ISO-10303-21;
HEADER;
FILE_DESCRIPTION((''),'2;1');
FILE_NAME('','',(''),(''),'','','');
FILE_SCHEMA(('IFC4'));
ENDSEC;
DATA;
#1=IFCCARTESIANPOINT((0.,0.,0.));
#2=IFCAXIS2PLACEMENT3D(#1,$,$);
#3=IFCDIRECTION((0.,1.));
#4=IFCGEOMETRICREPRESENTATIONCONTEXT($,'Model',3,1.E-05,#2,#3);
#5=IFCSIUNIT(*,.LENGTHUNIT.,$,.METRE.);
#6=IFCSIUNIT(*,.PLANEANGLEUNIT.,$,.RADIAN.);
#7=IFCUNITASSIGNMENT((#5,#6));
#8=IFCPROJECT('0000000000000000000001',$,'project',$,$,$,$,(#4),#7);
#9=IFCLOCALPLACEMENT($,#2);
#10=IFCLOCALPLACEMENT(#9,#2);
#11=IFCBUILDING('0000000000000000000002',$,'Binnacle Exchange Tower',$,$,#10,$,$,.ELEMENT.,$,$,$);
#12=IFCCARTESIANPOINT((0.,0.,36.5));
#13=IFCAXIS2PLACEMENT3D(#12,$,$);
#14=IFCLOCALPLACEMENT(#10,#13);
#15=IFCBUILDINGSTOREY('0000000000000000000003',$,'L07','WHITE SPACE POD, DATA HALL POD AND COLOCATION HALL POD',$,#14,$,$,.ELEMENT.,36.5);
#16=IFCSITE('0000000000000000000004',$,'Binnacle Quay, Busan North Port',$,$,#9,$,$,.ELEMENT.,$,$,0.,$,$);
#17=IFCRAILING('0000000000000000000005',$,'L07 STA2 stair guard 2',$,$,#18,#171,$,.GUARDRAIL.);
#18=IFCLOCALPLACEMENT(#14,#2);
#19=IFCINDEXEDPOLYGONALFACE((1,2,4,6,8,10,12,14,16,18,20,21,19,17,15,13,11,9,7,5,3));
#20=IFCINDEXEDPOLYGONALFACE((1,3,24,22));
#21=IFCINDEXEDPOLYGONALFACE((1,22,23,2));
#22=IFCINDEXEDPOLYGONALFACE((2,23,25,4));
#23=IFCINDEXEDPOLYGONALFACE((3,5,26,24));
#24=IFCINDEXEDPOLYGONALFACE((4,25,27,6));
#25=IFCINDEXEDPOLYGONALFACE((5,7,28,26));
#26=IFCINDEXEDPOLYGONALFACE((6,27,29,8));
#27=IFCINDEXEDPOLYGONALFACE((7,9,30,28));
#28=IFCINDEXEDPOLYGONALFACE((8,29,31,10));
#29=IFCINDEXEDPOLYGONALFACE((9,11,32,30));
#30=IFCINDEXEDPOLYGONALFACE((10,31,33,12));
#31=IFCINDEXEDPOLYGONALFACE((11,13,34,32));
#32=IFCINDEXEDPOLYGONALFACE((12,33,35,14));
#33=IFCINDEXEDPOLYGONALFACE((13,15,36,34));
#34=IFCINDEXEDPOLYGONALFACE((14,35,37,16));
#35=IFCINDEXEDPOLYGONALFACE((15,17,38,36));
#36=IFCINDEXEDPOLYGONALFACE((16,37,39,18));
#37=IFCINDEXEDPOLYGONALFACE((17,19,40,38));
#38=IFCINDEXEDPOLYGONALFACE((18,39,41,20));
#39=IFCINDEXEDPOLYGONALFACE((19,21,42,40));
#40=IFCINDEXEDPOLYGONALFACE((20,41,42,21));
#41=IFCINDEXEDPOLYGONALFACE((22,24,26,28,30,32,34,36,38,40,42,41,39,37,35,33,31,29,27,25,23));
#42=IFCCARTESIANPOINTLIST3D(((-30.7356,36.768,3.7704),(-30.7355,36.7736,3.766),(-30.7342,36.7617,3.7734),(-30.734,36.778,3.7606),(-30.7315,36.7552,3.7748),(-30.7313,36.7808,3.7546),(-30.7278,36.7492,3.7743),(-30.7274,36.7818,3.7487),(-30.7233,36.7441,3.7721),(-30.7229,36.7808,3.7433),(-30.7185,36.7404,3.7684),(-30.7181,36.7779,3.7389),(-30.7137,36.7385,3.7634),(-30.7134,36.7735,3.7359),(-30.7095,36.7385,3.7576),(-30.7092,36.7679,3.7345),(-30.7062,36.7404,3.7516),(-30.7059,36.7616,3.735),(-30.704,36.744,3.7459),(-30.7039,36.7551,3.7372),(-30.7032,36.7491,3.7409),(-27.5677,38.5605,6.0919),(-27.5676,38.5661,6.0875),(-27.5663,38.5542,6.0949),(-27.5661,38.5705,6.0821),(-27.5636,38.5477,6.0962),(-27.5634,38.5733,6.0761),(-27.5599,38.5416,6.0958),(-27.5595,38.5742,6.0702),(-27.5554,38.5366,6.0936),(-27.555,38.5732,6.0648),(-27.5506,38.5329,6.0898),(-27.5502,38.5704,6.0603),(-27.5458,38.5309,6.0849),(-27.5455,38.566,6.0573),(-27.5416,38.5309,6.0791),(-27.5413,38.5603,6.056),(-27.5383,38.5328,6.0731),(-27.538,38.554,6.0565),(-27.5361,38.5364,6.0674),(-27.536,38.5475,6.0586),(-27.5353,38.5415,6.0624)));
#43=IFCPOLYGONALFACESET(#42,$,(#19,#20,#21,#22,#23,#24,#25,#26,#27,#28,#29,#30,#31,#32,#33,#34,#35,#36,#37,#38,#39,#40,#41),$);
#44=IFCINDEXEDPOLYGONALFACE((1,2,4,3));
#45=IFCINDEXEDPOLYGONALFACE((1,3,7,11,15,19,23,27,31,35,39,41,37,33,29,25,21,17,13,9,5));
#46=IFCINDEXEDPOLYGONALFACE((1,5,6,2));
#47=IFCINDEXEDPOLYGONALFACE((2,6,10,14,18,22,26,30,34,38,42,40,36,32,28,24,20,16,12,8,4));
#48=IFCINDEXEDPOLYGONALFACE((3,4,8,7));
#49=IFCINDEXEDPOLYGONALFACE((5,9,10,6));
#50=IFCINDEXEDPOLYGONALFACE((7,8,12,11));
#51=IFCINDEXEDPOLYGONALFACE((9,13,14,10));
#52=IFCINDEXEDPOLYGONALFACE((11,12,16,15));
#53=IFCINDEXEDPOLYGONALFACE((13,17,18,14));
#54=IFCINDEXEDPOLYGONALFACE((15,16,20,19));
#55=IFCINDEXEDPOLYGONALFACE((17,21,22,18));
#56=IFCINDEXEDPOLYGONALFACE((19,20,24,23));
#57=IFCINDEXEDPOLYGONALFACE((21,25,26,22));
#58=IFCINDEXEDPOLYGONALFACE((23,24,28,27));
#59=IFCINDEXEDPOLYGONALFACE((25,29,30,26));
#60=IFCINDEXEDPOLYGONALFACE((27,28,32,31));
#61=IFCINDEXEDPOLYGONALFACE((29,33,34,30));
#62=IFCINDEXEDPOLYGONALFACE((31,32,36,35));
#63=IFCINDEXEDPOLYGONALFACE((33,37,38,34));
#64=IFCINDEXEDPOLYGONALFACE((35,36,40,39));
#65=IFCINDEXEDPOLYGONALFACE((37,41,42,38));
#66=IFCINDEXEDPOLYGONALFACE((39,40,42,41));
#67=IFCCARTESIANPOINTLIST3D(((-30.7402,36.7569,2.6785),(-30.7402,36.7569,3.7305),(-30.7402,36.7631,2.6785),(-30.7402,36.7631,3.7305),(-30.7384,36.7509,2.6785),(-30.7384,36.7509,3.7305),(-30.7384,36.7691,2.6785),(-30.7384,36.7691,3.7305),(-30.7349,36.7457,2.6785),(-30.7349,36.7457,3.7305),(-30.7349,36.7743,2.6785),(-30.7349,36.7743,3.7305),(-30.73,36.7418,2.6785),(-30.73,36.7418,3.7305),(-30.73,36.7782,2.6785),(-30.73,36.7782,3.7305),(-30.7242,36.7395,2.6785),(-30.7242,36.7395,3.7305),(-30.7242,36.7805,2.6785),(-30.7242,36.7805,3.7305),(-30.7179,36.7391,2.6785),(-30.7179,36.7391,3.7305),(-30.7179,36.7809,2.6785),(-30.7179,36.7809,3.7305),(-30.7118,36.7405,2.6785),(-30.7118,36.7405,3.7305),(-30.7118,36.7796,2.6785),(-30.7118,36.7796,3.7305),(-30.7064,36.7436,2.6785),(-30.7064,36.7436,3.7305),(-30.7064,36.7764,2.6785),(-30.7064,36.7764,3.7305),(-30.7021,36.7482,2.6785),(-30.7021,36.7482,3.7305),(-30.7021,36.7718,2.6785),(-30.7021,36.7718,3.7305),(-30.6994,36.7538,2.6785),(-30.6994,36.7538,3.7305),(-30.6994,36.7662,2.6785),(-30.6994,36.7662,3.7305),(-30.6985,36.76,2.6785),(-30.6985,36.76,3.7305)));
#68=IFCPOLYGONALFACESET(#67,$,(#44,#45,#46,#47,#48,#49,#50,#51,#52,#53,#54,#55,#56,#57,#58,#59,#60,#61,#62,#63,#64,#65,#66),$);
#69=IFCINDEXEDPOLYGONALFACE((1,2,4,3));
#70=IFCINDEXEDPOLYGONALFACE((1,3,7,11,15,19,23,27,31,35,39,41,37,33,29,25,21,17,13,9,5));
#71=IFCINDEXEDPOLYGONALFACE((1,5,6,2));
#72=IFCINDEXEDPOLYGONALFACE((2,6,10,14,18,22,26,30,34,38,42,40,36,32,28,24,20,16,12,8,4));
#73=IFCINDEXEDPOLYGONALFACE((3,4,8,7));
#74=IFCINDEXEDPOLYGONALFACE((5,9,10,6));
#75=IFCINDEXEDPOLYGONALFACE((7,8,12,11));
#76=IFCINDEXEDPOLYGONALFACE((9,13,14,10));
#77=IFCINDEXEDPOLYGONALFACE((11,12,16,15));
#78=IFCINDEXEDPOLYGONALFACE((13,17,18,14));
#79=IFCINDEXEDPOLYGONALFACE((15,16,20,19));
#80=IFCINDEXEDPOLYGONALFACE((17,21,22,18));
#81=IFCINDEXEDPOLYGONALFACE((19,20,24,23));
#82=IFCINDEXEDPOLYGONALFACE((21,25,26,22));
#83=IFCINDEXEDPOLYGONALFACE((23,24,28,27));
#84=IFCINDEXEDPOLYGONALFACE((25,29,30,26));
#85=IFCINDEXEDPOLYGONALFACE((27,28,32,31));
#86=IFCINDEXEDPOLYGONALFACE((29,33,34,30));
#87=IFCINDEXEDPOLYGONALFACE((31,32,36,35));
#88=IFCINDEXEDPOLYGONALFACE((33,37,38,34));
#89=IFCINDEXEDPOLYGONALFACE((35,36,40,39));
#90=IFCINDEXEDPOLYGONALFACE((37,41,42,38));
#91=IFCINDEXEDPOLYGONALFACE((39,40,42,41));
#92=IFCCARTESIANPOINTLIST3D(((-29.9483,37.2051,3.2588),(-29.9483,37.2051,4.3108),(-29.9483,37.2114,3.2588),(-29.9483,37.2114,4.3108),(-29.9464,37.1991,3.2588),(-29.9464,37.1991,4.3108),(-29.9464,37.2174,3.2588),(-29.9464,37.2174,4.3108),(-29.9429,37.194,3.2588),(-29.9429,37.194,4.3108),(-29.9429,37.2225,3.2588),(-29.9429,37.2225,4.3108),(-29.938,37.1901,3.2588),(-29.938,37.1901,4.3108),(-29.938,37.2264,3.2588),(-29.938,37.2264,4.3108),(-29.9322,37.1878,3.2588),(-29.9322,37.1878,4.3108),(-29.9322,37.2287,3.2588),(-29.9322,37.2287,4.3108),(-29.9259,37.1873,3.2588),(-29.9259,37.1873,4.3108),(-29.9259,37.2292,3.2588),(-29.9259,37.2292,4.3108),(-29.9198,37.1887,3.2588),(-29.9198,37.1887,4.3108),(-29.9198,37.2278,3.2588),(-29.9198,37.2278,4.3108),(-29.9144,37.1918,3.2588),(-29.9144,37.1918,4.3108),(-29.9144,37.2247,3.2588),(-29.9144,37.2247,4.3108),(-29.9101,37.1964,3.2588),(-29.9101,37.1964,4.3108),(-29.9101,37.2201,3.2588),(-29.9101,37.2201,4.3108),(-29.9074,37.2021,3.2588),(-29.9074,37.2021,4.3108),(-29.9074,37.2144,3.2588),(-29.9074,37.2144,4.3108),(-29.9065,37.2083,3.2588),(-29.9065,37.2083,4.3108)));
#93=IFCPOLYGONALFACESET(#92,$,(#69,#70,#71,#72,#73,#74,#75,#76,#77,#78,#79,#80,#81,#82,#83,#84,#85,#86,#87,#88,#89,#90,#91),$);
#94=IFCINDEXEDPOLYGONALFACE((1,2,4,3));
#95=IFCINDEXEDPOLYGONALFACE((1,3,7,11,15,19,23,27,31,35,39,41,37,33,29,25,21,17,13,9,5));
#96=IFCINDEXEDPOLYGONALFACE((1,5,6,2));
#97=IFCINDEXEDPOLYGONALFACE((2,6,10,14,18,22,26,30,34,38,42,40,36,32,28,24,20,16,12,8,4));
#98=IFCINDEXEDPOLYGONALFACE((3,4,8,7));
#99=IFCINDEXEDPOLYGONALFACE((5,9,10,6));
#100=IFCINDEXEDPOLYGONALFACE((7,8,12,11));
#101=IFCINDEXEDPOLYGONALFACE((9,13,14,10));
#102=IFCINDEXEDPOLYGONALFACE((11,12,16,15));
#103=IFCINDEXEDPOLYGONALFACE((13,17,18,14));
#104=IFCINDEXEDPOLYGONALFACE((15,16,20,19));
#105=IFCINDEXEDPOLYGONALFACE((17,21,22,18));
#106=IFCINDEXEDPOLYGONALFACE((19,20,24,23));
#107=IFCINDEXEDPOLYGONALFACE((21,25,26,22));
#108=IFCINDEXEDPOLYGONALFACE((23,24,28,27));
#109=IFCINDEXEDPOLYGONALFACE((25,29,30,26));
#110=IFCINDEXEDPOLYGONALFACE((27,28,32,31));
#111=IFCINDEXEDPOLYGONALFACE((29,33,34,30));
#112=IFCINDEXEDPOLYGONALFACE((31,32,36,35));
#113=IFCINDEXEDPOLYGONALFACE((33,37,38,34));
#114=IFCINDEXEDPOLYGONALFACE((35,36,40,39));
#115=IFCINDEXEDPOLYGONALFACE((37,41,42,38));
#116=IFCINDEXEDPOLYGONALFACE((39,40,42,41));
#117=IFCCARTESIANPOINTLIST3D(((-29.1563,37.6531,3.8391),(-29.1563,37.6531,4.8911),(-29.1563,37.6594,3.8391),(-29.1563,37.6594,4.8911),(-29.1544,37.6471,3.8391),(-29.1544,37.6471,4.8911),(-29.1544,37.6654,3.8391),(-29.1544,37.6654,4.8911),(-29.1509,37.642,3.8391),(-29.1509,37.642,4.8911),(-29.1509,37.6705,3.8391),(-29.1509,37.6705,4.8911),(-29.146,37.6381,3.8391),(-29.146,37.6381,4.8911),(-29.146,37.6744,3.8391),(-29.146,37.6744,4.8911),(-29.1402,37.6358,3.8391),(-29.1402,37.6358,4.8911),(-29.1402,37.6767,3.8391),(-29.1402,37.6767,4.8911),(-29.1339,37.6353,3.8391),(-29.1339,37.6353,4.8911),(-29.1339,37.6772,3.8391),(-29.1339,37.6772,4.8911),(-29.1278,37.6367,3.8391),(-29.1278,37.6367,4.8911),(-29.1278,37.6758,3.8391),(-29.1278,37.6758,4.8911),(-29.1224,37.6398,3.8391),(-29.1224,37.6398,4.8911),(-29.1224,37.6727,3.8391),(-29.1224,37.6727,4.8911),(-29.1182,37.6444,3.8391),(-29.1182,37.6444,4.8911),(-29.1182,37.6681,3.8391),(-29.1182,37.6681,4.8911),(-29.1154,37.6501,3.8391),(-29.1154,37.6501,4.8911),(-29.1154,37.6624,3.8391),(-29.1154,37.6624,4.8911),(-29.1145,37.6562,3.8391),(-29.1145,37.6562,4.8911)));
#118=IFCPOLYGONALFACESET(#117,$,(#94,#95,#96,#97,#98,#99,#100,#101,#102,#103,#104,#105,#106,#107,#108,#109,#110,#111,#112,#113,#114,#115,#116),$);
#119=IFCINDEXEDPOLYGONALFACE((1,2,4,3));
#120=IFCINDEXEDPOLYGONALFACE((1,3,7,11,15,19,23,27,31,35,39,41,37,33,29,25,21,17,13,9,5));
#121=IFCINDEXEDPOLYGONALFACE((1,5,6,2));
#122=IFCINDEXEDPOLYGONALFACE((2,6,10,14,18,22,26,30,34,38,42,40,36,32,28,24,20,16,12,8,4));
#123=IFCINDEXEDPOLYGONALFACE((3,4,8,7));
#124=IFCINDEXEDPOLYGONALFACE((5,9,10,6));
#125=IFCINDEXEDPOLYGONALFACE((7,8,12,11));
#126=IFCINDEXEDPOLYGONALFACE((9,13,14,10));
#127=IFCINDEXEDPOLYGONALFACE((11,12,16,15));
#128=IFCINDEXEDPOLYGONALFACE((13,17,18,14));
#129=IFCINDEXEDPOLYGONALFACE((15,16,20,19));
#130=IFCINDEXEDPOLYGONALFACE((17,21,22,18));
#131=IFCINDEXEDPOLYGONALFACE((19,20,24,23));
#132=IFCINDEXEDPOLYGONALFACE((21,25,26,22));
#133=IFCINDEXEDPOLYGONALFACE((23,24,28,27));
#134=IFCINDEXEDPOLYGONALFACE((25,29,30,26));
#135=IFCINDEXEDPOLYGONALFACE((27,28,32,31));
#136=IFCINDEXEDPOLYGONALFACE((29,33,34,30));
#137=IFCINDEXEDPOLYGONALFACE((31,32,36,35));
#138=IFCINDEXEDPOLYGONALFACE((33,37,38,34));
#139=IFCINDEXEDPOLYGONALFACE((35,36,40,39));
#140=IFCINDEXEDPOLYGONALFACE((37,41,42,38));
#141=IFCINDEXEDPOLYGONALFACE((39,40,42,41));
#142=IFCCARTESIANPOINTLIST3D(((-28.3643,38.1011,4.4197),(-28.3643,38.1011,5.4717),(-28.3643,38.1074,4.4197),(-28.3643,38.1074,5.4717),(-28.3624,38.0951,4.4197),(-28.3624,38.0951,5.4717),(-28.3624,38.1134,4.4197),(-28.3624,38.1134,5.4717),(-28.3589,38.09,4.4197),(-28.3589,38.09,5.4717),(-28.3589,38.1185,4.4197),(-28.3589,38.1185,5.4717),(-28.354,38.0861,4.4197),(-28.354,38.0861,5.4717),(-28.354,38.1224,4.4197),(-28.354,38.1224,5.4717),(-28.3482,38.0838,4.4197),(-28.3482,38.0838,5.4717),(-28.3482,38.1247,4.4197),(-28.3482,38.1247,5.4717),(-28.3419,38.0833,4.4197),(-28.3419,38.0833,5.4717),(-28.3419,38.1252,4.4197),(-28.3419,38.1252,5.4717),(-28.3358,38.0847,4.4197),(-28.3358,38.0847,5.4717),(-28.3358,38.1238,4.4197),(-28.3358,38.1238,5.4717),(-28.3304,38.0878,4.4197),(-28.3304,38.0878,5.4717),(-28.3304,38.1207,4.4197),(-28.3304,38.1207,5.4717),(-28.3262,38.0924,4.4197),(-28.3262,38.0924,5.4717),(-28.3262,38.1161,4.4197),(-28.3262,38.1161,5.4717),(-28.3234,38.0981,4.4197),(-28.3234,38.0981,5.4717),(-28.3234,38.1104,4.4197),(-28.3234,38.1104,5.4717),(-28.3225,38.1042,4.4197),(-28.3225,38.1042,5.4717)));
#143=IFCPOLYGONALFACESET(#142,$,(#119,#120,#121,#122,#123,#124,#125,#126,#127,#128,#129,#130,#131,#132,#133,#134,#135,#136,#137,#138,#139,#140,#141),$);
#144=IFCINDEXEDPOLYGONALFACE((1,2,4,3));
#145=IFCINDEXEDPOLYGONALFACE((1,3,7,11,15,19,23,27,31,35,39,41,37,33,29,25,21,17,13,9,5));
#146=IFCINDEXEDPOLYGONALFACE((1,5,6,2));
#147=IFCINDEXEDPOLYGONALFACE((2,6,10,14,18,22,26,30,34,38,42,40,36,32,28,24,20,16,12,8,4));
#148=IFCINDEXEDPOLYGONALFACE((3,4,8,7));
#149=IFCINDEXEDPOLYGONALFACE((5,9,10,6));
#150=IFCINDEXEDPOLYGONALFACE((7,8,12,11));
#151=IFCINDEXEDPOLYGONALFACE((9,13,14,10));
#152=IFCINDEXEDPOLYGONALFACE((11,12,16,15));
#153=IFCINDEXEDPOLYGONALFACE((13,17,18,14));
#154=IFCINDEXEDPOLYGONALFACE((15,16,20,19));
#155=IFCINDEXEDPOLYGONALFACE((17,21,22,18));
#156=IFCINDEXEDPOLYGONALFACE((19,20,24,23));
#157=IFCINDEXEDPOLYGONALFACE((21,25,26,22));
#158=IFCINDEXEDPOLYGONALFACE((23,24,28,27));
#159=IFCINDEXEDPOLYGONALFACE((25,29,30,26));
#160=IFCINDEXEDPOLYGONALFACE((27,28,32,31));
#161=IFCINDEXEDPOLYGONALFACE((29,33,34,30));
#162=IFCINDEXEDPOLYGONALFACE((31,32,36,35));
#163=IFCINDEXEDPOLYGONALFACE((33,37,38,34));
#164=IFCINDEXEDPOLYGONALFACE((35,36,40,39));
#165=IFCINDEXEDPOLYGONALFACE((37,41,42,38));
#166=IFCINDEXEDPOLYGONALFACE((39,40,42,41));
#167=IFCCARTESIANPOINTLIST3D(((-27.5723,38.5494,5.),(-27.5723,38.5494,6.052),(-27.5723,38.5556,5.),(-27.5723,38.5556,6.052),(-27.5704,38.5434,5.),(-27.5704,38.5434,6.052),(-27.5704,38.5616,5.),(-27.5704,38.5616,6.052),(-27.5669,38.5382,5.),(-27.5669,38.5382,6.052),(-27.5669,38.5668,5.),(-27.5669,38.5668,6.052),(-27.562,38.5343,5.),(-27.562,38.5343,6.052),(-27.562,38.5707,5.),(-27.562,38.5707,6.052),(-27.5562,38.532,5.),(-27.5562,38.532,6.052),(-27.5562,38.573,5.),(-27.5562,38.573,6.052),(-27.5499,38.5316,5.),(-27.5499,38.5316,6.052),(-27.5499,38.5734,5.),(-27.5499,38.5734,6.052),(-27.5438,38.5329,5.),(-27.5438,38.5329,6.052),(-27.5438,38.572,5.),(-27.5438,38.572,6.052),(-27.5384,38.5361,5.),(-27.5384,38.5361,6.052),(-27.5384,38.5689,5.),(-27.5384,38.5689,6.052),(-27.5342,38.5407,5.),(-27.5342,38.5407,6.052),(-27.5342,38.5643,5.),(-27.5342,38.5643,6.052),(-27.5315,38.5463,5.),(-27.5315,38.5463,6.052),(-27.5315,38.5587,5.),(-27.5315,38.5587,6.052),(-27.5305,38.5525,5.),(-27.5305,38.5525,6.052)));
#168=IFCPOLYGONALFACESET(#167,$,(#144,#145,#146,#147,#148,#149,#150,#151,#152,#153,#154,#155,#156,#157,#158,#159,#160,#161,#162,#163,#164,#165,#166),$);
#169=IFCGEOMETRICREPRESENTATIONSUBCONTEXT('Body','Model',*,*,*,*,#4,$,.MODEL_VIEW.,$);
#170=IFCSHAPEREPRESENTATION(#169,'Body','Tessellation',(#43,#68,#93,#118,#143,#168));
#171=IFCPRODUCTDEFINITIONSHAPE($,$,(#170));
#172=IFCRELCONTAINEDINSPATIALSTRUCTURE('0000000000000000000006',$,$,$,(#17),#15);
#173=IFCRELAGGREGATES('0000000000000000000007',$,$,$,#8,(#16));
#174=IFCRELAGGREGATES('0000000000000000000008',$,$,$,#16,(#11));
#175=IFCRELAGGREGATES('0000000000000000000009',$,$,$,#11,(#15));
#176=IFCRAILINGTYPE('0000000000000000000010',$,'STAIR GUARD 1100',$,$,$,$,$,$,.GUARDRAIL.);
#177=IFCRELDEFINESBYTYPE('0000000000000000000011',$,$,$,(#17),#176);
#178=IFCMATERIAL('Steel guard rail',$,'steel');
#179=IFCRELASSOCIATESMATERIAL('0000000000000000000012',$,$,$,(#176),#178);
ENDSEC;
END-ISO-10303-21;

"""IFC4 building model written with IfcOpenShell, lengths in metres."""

from ifc_helpers import new_model, si_unit, direction, frame, origin, origin_2d, place, context, subcontext, project, spatial, circle, extrude, material, type_object, element, save


model = new_model("IFC4")

# Units and contexts
model_context = context("Model", 3, precision=1e-05, world=origin(), true_north=direction((0.0, 1.0)))
body_context = subcontext(model_context, "Body", "Model", "MODEL_VIEW")
ifc_project = project(units=[si_unit("LENGTHUNIT", "METRE"), si_unit("PLANEANGLEUNIT", "RADIAN")], contexts=[model_context])

# Site, building, storey
site_placement = place(None, origin())
site = spatial("IfcSite", under=ifc_project, at=site_placement, Name="Binnacle Quay, Busan North Port", CompositionType="ELEMENT", RefElevation=0.0)
building_placement = place(site_placement, origin())
building = spatial("IfcBuilding", under=site, at=building_placement, Name="Binnacle Exchange Tower", CompositionType="ELEMENT")
storey_placement = place(building_placement, frame((0.0, 0.0, 36.5)))
storey = spatial("IfcBuildingStorey", under=building, at=storey_placement, Name="L07", Description="WHITE SPACE POD, DATA HALL POD AND COLOCATION HALL POD", CompositionType="ELEMENT", Elevation=36.5)

# Railing
ifc_material_1 = material(Name="Steel guard rail", Category="steel")
railing_type_1 = type_object("IfcRailingType", Name="STAIR GUARD 1100", PredefinedType="GUARDRAIL", material=ifc_material_1)
railing_1_placement = place(storey_placement, frame((-30.7195, 36.76, 2.6785)))
element("IfcRailing", 1, at=railing_1_placement, inside=storey, type_object=railing_type_1, Name="L07 STA2 stair guard 2", PredefinedType="GUARDRAIL", context=body_context, shape_type="SweptSolid", body=[
    extrude(circle(Radius=0.0239, at=origin_2d()), frame((0.0, 0.0, 1.0762), z_axis=(0.733796, 0.415192, 0.537736), x_axis=(-0.492451, 0.87034, 0.0)), (0.0, 0.0, 1.0), 4.3171),
    extrude(circle(Radius=0.021, at=origin_2d()), origin(), (0.0, 0.0, 1.0), 1.052),
    extrude(circle(Radius=0.021, at=origin_2d()), frame((0.792, 0.4482, 0.5803)), (0.0, 0.0, 1.0), 1.052),
    extrude(circle(Radius=0.021, at=origin_2d()), frame((1.584, 0.8962, 1.1606)), (0.0, 0.0, 1.0), 1.052),
    extrude(circle(Radius=0.021, at=origin_2d()), frame((2.376, 1.3442, 1.7412)), (0.0, 0.0, 1.0), 1.052),
    extrude(circle(Radius=0.021, at=origin_2d()), frame((3.168, 1.7925, 2.3215)), (0.0, 0.0, 1.0), 1.052),
])

save(model, "model.ifc")
